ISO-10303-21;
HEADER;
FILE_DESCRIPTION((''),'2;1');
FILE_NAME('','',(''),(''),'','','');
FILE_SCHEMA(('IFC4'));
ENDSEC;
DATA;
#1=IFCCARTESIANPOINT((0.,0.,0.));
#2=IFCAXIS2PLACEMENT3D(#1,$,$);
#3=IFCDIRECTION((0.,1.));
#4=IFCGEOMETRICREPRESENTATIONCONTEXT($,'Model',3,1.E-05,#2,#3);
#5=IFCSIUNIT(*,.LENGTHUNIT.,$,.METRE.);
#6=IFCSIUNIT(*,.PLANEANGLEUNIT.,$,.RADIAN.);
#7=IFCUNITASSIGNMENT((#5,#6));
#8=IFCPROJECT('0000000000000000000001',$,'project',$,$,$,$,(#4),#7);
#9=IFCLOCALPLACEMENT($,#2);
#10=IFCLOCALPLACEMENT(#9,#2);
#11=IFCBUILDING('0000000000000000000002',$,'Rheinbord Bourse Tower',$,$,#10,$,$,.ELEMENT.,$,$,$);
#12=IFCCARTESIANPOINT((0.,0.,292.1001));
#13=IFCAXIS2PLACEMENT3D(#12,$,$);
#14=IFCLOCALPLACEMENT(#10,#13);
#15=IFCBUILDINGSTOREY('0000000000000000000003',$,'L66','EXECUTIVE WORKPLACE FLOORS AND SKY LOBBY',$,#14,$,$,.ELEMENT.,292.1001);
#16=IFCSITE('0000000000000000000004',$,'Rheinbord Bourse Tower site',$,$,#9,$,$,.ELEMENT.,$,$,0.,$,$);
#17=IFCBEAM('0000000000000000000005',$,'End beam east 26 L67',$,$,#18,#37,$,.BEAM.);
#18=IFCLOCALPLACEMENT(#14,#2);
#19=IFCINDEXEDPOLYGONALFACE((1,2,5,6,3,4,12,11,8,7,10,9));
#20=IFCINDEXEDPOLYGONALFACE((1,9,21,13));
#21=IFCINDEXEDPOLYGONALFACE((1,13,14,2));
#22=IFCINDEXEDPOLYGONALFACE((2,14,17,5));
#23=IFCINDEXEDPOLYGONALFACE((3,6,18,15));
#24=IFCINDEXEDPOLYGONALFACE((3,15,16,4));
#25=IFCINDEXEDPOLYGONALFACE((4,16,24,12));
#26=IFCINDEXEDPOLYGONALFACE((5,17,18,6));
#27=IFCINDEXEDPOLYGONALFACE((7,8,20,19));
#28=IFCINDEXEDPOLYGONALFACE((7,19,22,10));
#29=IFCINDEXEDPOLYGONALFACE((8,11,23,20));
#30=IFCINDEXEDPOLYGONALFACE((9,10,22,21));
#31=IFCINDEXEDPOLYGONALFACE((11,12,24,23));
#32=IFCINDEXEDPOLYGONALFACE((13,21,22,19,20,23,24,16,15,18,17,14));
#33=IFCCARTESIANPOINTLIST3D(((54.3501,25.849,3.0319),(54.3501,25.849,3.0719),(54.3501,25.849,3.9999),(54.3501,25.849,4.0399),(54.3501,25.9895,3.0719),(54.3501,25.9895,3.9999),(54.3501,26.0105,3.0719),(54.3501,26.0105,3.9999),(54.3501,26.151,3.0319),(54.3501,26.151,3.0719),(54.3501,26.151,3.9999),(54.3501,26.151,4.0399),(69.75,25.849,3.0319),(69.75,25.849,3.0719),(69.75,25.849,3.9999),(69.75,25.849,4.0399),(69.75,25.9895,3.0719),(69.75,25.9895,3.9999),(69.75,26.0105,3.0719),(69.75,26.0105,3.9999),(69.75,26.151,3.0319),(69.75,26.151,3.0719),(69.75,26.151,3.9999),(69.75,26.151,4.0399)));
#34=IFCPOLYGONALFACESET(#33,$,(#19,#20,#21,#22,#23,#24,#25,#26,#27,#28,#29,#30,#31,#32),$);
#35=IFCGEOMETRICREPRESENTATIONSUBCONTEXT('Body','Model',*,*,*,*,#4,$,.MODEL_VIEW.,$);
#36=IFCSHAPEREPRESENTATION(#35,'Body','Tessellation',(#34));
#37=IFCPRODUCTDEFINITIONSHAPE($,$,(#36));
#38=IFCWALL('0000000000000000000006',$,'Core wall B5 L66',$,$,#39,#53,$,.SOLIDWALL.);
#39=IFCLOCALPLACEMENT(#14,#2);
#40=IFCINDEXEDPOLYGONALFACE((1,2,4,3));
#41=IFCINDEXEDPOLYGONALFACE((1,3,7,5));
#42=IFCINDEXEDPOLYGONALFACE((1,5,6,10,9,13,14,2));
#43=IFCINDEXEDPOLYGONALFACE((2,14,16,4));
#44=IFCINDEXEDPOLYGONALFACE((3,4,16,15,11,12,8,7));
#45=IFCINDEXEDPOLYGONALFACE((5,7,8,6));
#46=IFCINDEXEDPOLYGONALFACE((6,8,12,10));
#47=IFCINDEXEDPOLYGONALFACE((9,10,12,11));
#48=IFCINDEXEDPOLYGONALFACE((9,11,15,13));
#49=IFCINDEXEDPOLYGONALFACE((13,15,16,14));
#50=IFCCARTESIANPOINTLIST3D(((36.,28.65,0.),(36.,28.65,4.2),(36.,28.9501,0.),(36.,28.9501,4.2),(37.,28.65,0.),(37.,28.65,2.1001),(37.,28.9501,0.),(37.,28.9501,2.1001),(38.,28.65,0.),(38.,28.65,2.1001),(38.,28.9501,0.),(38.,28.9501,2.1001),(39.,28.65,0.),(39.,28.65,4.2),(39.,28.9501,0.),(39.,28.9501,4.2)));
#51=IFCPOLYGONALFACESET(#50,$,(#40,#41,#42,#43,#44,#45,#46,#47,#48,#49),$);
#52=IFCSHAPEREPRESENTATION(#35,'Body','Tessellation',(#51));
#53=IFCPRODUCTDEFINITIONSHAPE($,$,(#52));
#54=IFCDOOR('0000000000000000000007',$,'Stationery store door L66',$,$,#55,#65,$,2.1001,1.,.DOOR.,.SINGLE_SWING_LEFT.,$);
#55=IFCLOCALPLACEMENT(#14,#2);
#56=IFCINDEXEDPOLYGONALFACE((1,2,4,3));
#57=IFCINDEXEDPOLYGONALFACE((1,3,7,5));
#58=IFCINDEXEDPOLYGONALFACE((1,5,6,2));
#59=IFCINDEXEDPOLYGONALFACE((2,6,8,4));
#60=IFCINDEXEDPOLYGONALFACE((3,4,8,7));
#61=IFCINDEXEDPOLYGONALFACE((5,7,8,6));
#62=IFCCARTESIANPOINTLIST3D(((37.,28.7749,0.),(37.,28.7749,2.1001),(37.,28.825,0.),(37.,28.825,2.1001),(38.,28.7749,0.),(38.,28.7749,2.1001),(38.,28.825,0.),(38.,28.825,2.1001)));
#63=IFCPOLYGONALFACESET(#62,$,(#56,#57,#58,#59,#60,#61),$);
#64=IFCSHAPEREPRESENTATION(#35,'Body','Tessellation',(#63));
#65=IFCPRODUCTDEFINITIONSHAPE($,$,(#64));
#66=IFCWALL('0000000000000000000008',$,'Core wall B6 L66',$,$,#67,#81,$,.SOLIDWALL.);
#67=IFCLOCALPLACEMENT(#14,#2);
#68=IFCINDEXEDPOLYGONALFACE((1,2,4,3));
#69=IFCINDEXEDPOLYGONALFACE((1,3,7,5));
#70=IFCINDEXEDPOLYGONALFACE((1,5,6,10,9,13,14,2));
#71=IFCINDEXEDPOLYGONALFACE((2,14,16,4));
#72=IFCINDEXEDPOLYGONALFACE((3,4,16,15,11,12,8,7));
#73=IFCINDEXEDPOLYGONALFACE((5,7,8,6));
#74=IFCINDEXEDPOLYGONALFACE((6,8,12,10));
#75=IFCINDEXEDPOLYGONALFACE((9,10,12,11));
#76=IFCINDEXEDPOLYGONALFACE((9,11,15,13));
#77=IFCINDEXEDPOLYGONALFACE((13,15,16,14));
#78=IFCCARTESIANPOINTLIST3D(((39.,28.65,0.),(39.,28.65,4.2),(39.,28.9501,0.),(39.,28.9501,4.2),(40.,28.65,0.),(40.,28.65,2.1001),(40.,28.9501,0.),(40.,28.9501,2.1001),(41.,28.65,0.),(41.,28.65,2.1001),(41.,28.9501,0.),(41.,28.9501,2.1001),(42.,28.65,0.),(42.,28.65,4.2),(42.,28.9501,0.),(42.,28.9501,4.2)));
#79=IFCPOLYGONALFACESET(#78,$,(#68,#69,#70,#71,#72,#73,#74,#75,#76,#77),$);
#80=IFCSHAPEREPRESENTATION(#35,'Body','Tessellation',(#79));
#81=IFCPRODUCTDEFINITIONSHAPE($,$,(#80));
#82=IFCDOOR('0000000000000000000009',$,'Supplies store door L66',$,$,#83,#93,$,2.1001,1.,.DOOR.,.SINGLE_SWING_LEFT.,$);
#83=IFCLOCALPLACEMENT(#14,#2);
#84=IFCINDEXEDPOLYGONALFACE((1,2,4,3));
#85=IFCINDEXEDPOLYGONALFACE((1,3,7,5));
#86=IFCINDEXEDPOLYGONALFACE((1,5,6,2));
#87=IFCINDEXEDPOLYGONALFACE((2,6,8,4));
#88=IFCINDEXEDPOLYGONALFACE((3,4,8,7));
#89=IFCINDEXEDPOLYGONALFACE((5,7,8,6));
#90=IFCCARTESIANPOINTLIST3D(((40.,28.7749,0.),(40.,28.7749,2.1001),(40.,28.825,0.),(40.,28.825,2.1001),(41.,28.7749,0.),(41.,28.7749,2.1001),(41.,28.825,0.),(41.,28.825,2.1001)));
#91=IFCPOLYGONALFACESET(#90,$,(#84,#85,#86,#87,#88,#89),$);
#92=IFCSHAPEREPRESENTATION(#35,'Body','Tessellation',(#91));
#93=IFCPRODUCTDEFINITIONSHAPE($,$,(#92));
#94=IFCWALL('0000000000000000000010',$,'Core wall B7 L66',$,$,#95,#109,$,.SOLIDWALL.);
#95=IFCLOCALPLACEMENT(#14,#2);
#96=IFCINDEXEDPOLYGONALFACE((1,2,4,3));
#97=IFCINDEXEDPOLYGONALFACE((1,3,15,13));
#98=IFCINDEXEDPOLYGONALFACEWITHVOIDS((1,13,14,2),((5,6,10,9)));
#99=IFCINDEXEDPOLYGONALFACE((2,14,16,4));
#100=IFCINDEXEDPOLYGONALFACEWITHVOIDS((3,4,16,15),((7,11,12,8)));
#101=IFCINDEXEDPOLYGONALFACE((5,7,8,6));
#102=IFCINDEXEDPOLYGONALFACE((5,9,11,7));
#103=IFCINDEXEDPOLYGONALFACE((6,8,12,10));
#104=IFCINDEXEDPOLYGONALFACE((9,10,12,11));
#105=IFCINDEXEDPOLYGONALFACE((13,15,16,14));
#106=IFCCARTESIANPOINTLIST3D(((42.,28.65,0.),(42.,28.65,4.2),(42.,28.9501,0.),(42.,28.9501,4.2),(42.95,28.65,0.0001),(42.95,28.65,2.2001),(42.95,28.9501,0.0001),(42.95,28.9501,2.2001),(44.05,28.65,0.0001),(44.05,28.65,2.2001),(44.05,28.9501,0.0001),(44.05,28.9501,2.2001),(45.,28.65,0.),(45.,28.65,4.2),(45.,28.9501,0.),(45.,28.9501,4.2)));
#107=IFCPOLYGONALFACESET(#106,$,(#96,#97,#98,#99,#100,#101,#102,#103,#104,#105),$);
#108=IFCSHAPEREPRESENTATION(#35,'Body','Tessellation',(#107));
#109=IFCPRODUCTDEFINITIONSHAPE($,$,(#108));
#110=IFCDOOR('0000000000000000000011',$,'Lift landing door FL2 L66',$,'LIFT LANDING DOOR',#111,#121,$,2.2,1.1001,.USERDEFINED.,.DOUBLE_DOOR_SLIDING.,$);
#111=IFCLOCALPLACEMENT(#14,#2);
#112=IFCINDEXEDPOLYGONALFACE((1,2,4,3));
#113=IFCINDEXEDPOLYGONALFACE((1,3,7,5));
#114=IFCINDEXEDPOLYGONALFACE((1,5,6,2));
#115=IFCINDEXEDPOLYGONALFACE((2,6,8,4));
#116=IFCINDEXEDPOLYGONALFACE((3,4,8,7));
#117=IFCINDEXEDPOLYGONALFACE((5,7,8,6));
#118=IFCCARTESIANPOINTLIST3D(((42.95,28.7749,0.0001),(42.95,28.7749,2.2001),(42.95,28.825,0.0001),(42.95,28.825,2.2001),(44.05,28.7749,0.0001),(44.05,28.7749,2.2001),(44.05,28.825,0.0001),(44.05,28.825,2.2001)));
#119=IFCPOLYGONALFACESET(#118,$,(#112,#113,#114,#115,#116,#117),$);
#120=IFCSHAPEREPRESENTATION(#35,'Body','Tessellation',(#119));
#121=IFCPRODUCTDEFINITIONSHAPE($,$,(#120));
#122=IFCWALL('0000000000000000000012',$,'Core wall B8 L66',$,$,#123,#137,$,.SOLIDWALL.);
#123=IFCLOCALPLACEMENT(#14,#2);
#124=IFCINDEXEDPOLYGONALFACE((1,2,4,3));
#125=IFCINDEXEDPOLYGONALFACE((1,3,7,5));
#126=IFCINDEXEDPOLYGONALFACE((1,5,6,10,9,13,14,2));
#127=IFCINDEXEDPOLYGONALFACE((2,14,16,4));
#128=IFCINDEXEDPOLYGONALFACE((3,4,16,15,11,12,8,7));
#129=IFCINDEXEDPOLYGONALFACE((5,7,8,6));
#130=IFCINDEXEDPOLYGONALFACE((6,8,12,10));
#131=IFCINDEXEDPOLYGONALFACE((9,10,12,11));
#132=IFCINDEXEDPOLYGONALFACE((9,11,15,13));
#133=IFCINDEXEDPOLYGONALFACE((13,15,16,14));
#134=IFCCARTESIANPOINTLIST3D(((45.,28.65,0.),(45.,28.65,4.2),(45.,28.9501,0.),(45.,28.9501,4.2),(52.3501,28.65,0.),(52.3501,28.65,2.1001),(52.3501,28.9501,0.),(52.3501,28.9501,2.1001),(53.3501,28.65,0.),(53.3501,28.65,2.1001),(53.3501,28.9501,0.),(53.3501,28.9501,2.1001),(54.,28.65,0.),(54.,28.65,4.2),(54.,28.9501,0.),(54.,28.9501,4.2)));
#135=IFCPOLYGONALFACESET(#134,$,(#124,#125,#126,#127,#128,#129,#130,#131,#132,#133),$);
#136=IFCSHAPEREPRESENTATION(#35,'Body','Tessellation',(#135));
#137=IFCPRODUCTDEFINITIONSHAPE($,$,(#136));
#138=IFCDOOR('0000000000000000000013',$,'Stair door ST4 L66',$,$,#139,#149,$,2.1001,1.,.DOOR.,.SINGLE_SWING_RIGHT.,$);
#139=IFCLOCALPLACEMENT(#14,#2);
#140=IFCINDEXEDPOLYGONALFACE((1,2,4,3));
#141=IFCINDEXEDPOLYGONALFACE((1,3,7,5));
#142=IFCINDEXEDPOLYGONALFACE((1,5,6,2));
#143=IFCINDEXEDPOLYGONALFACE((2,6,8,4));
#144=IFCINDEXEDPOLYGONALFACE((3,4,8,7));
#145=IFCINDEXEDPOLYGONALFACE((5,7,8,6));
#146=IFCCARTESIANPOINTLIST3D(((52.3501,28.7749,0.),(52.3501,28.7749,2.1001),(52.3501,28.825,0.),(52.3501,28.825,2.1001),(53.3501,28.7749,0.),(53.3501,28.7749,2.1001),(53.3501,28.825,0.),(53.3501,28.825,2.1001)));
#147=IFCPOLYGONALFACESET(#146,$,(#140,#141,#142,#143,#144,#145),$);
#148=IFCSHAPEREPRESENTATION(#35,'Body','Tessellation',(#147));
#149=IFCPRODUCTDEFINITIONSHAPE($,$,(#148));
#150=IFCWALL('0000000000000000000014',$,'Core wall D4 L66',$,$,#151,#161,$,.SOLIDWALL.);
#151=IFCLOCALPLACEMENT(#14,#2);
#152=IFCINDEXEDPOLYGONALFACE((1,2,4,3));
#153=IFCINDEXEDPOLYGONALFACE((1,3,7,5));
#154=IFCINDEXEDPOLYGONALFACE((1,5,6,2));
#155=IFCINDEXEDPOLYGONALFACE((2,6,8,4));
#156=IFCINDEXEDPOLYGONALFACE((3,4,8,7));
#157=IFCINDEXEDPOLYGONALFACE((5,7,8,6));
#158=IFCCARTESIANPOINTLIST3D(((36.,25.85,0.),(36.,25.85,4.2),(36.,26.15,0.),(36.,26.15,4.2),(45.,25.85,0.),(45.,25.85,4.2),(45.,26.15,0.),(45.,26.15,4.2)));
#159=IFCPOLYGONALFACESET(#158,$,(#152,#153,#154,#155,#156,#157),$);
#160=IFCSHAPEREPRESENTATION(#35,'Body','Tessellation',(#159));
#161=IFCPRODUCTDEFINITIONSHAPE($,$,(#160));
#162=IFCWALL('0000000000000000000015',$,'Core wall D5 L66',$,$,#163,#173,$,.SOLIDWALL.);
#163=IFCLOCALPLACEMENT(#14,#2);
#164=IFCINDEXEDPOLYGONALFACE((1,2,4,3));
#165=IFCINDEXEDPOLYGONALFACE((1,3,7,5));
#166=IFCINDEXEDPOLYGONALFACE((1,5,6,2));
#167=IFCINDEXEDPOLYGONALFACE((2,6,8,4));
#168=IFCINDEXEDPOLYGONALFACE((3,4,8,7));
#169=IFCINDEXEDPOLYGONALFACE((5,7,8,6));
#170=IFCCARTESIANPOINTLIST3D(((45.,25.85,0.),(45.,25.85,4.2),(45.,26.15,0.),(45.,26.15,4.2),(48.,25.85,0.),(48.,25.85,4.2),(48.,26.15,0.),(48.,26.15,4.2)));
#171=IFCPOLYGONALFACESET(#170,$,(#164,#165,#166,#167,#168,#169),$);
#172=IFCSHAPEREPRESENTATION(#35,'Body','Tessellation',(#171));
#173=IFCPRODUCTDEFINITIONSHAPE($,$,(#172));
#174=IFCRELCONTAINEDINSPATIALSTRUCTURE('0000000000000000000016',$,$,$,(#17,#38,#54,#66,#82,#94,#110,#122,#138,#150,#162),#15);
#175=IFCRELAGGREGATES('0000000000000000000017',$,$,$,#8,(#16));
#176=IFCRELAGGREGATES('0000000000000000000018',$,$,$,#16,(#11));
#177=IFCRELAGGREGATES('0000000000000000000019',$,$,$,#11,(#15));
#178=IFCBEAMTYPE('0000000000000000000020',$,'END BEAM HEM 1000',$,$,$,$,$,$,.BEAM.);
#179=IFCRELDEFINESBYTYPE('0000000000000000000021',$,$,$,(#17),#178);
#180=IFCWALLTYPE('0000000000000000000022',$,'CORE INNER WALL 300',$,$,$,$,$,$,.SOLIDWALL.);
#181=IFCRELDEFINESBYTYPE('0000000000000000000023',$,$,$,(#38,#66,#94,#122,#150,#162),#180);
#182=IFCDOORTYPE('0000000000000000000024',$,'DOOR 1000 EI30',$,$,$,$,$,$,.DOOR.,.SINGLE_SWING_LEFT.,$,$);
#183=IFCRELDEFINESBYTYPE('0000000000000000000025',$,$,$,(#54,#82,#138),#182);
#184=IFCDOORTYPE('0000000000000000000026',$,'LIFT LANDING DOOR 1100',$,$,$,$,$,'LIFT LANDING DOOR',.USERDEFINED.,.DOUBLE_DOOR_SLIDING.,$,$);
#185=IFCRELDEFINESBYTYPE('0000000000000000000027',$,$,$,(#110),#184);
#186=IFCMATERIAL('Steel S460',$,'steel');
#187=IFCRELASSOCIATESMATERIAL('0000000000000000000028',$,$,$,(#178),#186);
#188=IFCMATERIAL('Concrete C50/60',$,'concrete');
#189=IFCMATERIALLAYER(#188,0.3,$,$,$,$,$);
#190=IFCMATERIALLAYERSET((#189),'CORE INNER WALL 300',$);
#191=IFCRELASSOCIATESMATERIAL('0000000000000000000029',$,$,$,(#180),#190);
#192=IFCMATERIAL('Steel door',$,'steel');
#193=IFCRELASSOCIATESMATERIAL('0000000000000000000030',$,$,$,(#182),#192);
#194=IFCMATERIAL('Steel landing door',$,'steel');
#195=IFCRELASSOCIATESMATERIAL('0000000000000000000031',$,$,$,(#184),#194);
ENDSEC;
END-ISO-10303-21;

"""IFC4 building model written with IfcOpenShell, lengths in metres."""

from ifc_helpers import new_model, si_unit, direction, frame, frame_2d, origin, origin_2d, place, context, subcontext, project, spatial, rectangle, i_section, extrude, material, layer, layer_set, material_profile, profile_set, type_object, element, fill, save


model = new_model("IFC4")

# Units and contexts
model_context = context("Model", 3, precision=1e-05, world=origin(), true_north=direction((0.0, 1.0)))
body_context = subcontext(model_context, "Body", "Model", "MODEL_VIEW")
ifc_project = project(units=[si_unit("LENGTHUNIT", "METRE"), si_unit("PLANEANGLEUNIT", "RADIAN")], contexts=[model_context])

# Site, building, storey
site_placement = place(None, origin())
site = spatial("IfcSite", under=ifc_project, at=site_placement, Name="Rheinbord Bourse Tower site", CompositionType="ELEMENT", RefElevation=0.0)
building_placement = place(site_placement, origin())
building = spatial("IfcBuilding", under=site, at=building_placement, Name="Rheinbord Bourse Tower", CompositionType="ELEMENT")
storey_placement = place(building_placement, frame((0.0, 0.0, 292.1001)))
storey = spatial("IfcBuildingStorey", under=building, at=storey_placement, Name="L66", Description="EXECUTIVE WORKPLACE FLOORS AND SKY LOBBY", CompositionType="ELEMENT", Elevation=292.1001)

# Beam
ifc_material_1 = material(Name="Steel S460", Category="steel")
ifc_material_profile = material_profile(ifc_material_1, i_section(OverallWidth=0.302, OverallDepth=1.0081, WebThickness=0.021, FlangeThickness=0.04, at=origin_2d()), Name="HEM 1000")
ifc_profile_set = profile_set([ifc_material_profile], Name="Steel S460")
beam_type = type_object("IfcBeamType", Name="END BEAM HEM 1000", PredefinedType="BEAM", material=ifc_profile_set)
beam_placement = place(storey_placement, frame((54.3501, 26.0, 3.5359), z_axis=(1.0, 0.0, 0.0), x_axis=(0.0, 1.0, 0.0)))
element("IfcBeam", 1, at=beam_placement, inside=storey, type_object=beam_type, Name="End beam east 26 L67", PredefinedType="BEAM", context=body_context, shape_type="SweptSolid", body=[
    extrude(i_section(OverallWidth=0.302, OverallDepth=1.0081, WebThickness=0.021, FlangeThickness=0.04, at=origin_2d()), origin(), (0.0, 0.0, 1.0), 15.3999),
])

# Walls, openings, doors
ifc_material_2 = material(Name="Concrete C50/60", Category="concrete")
ifc_layer_1 = layer(ifc_material_2, 0.3)
ifc_layer_set_1 = layer_set([ifc_layer_1], Name="CORE INNER WALL 300")
wall_type_1 = type_object("IfcWallType", Name="CORE INNER WALL 300", PredefinedType="SOLIDWALL", material=ifc_layer_set_1)
wall_1_placement = place(storey_placement, frame((36.0, 28.8, 0.0), z_axis=(0.0, 0.0, 1.0), x_axis=(1.0, 0.0, 0.0)))
wall_1 = element("IfcWall", 2, at=wall_1_placement, inside=storey, type_object=wall_type_1, Name="Core wall B5 L66", PredefinedType="SOLIDWALL", context=body_context, shape_type="SweptSolid", body=[
    extrude(rectangle(XDim=3.0, YDim=0.3, at=frame_2d((1.5, 0.0))), origin(), (0.0, 0.0, 1.0), 4.2),
])
opening_1_placement = place(wall_1_placement, frame((1.0, 0.0, 0.0)))
opening_1 = element("IfcOpeningElement", 3, at=opening_1_placement, cuts=wall_1, PredefinedType="OPENING", context=body_context, shape_type="SweptSolid", body=[
    extrude(rectangle(XDim=1.0, YDim=2.1001, at=frame_2d((0.5, 1.05))), frame((0.0, 0.1599, 0.0), z_axis=(0.0, -1.0, 0.0), x_axis=(1.0, 0.0, 0.0)), (0.0, 0.0, 1.0), 0.3201),
])
ifc_material_3 = material(Name="Steel door", Category="steel")
door_type_1 = type_object("IfcDoorType", Name="DOOR 1000 EI30", OperationType="SINGLE_SWING_LEFT", PredefinedType="DOOR", material=ifc_material_3)
door_1_placement = place(opening_1_placement, origin())
door_1 = element("IfcDoor", 4, at=door_1_placement, inside=storey, type_object=door_type_1, Name="Stationery store door L66", OperationType="SINGLE_SWING_LEFT", OverallHeight=2.1001, OverallWidth=1.0, PredefinedType="DOOR", context=body_context, shape_type="SweptSolid", body=[
    extrude(rectangle(XDim=1.0, YDim=2.1001, at=frame_2d((0.5, 1.05))), frame((0.0, 0.0249, 0.0), z_axis=(0.0, -1.0, 0.0), x_axis=(1.0, 0.0, 0.0)), (0.0, 0.0, 1.0), 0.05),
])
fill(opening_1, door_1)
wall_2_placement = place(storey_placement, frame((39.0, 28.8, 0.0), z_axis=(0.0, 0.0, 1.0), x_axis=(1.0, 0.0, 0.0)))
wall_2 = element("IfcWall", 5, at=wall_2_placement, inside=storey, type_object=wall_type_1, Name="Core wall B6 L66", PredefinedType="SOLIDWALL", context=body_context, shape_type="SweptSolid", body=[
    extrude(rectangle(XDim=3.0, YDim=0.3, at=frame_2d((1.5, 0.0))), origin(), (0.0, 0.0, 1.0), 4.2),
])
opening_2_placement = place(wall_2_placement, frame((1.0, 0.0, 0.0)))
opening_2 = element("IfcOpeningElement", 6, at=opening_2_placement, cuts=wall_2, PredefinedType="OPENING", context=body_context, shape_type="SweptSolid", body=[
    extrude(rectangle(XDim=1.0, YDim=2.1001, at=frame_2d((0.5, 1.05))), frame((0.0, 0.1599, 0.0), z_axis=(0.0, -1.0, 0.0), x_axis=(1.0, 0.0, 0.0)), (0.0, 0.0, 1.0), 0.3201),
])
door_2_placement = place(opening_2_placement, origin())
door_2 = element("IfcDoor", 7, at=door_2_placement, inside=storey, type_object=door_type_1, Name="Supplies store door L66", OperationType="SINGLE_SWING_LEFT", OverallHeight=2.1001, OverallWidth=1.0, PredefinedType="DOOR", context=body_context, shape_type="SweptSolid", body=[
    extrude(rectangle(XDim=1.0, YDim=2.1001, at=frame_2d((0.5, 1.05))), frame((0.0, 0.0249, 0.0), z_axis=(0.0, -1.0, 0.0), x_axis=(1.0, 0.0, 0.0)), (0.0, 0.0, 1.0), 0.05),
])
fill(opening_2, door_2)
wall_3_placement = place(storey_placement, frame((42.0, 28.8, 0.0), z_axis=(0.0, 0.0, 1.0), x_axis=(1.0, 0.0, 0.0)))
wall_3 = element("IfcWall", 8, at=wall_3_placement, inside=storey, type_object=wall_type_1, Name="Core wall B7 L66", PredefinedType="SOLIDWALL", context=body_context, shape_type="SweptSolid", body=[
    extrude(rectangle(XDim=3.0, YDim=0.3, at=frame_2d((1.5, 0.0))), origin(), (0.0, 0.0, 1.0), 4.2),
])
opening_3_placement = place(wall_3_placement, frame((0.95, 0.0, 0.0)))
opening_3 = element("IfcOpeningElement", 9, at=opening_3_placement, cuts=wall_3, PredefinedType="OPENING", context=body_context, shape_type="SweptSolid", body=[
    extrude(rectangle(XDim=1.1001, YDim=2.2, at=frame_2d((0.55, 1.1001))), frame((0.0, 0.1599, 0.0), z_axis=(0.0, -1.0, 0.0), x_axis=(1.0, 0.0, 0.0)), (0.0, 0.0, 1.0), 0.3201),
])
ifc_material_4 = material(Name="Steel landing door", Category="steel")
door_type_2 = type_object("IfcDoorType", Name="LIFT LANDING DOOR 1100", ElementType="LIFT LANDING DOOR", OperationType="DOUBLE_DOOR_SLIDING", PredefinedType="USERDEFINED", material=ifc_material_4)
door_3_placement = place(opening_3_placement, origin())
door_3 = element("IfcDoor", 10, at=door_3_placement, inside=storey, type_object=door_type_2, Name="Lift landing door FL2 L66", ObjectType="LIFT LANDING DOOR", OperationType="DOUBLE_DOOR_SLIDING", OverallHeight=2.2, OverallWidth=1.1001, PredefinedType="USERDEFINED", context=body_context, shape_type="SweptSolid", body=[
    extrude(rectangle(XDim=1.1001, YDim=2.2, at=frame_2d((0.55, 1.1001))), frame((0.0, 0.0249, 0.0), z_axis=(0.0, -1.0, 0.0), x_axis=(1.0, 0.0, 0.0)), (0.0, 0.0, 1.0), 0.05),
])
fill(opening_3, door_3)
wall_4_placement = place(storey_placement, frame((45.0, 28.8, 0.0), z_axis=(0.0, 0.0, 1.0), x_axis=(1.0, 0.0, 0.0)))
wall_4 = element("IfcWall", 11, at=wall_4_placement, inside=storey, type_object=wall_type_1, Name="Core wall B8 L66", PredefinedType="SOLIDWALL", context=body_context, shape_type="SweptSolid", body=[
    extrude(rectangle(XDim=9.0, YDim=0.3, at=frame_2d((4.5, 0.0))), origin(), (0.0, 0.0, 1.0), 4.2),
])
opening_4_placement = place(wall_4_placement, frame((7.3501, 0.0, 0.0)))
opening_4 = element("IfcOpeningElement", 12, at=opening_4_placement, cuts=wall_4, PredefinedType="OPENING", context=body_context, shape_type="SweptSolid", body=[
    extrude(rectangle(XDim=1.0, YDim=2.1001, at=frame_2d((0.5, 1.05))), frame((0.0, 0.1599, 0.0), z_axis=(0.0, -1.0, 0.0), x_axis=(1.0, 0.0, 0.0)), (0.0, 0.0, 1.0), 0.3201),
])
door_4_placement = place(opening_4_placement, origin())
door_4 = element("IfcDoor", 13, at=door_4_placement, inside=storey, type_object=door_type_1, Name="Stair door ST4 L66", OperationType="SINGLE_SWING_RIGHT", OverallHeight=2.1001, OverallWidth=1.0, PredefinedType="DOOR", context=body_context, shape_type="SweptSolid", body=[
    extrude(rectangle(XDim=1.0, YDim=2.1001, at=frame_2d((0.5, 1.05))), frame((0.0, 0.0249, 0.0), z_axis=(0.0, -1.0, 0.0), x_axis=(1.0, 0.0, 0.0)), (0.0, 0.0, 1.0), 0.05),
])
fill(opening_4, door_4)

# Walls
wall_5_placement = place(storey_placement, frame((36.0, 26.0, 0.0), z_axis=(0.0, 0.0, 1.0), x_axis=(1.0, 0.0, 0.0)))
element("IfcWall", 14, at=wall_5_placement, inside=storey, type_object=wall_type_1, Name="Core wall D4 L66", PredefinedType="SOLIDWALL", context=body_context, shape_type="SweptSolid", body=[
    extrude(rectangle(XDim=9.0, YDim=0.3, at=frame_2d((4.5, 0.0))), origin(), (0.0, 0.0, 1.0), 4.2),
])
wall_6_placement = place(storey_placement, frame((45.0, 26.0, 0.0), z_axis=(0.0, 0.0, 1.0), x_axis=(1.0, 0.0, 0.0)))
element("IfcWall", 15, at=wall_6_placement, inside=storey, type_object=wall_type_1, Name="Core wall D5 L66", PredefinedType="SOLIDWALL", context=body_context, shape_type="SweptSolid", body=[
    extrude(rectangle(XDim=3.0, YDim=0.3, at=frame_2d((1.5, 0.0))), origin(), (0.0, 0.0, 1.0), 4.2),
])

save(model, "model.ifc")
